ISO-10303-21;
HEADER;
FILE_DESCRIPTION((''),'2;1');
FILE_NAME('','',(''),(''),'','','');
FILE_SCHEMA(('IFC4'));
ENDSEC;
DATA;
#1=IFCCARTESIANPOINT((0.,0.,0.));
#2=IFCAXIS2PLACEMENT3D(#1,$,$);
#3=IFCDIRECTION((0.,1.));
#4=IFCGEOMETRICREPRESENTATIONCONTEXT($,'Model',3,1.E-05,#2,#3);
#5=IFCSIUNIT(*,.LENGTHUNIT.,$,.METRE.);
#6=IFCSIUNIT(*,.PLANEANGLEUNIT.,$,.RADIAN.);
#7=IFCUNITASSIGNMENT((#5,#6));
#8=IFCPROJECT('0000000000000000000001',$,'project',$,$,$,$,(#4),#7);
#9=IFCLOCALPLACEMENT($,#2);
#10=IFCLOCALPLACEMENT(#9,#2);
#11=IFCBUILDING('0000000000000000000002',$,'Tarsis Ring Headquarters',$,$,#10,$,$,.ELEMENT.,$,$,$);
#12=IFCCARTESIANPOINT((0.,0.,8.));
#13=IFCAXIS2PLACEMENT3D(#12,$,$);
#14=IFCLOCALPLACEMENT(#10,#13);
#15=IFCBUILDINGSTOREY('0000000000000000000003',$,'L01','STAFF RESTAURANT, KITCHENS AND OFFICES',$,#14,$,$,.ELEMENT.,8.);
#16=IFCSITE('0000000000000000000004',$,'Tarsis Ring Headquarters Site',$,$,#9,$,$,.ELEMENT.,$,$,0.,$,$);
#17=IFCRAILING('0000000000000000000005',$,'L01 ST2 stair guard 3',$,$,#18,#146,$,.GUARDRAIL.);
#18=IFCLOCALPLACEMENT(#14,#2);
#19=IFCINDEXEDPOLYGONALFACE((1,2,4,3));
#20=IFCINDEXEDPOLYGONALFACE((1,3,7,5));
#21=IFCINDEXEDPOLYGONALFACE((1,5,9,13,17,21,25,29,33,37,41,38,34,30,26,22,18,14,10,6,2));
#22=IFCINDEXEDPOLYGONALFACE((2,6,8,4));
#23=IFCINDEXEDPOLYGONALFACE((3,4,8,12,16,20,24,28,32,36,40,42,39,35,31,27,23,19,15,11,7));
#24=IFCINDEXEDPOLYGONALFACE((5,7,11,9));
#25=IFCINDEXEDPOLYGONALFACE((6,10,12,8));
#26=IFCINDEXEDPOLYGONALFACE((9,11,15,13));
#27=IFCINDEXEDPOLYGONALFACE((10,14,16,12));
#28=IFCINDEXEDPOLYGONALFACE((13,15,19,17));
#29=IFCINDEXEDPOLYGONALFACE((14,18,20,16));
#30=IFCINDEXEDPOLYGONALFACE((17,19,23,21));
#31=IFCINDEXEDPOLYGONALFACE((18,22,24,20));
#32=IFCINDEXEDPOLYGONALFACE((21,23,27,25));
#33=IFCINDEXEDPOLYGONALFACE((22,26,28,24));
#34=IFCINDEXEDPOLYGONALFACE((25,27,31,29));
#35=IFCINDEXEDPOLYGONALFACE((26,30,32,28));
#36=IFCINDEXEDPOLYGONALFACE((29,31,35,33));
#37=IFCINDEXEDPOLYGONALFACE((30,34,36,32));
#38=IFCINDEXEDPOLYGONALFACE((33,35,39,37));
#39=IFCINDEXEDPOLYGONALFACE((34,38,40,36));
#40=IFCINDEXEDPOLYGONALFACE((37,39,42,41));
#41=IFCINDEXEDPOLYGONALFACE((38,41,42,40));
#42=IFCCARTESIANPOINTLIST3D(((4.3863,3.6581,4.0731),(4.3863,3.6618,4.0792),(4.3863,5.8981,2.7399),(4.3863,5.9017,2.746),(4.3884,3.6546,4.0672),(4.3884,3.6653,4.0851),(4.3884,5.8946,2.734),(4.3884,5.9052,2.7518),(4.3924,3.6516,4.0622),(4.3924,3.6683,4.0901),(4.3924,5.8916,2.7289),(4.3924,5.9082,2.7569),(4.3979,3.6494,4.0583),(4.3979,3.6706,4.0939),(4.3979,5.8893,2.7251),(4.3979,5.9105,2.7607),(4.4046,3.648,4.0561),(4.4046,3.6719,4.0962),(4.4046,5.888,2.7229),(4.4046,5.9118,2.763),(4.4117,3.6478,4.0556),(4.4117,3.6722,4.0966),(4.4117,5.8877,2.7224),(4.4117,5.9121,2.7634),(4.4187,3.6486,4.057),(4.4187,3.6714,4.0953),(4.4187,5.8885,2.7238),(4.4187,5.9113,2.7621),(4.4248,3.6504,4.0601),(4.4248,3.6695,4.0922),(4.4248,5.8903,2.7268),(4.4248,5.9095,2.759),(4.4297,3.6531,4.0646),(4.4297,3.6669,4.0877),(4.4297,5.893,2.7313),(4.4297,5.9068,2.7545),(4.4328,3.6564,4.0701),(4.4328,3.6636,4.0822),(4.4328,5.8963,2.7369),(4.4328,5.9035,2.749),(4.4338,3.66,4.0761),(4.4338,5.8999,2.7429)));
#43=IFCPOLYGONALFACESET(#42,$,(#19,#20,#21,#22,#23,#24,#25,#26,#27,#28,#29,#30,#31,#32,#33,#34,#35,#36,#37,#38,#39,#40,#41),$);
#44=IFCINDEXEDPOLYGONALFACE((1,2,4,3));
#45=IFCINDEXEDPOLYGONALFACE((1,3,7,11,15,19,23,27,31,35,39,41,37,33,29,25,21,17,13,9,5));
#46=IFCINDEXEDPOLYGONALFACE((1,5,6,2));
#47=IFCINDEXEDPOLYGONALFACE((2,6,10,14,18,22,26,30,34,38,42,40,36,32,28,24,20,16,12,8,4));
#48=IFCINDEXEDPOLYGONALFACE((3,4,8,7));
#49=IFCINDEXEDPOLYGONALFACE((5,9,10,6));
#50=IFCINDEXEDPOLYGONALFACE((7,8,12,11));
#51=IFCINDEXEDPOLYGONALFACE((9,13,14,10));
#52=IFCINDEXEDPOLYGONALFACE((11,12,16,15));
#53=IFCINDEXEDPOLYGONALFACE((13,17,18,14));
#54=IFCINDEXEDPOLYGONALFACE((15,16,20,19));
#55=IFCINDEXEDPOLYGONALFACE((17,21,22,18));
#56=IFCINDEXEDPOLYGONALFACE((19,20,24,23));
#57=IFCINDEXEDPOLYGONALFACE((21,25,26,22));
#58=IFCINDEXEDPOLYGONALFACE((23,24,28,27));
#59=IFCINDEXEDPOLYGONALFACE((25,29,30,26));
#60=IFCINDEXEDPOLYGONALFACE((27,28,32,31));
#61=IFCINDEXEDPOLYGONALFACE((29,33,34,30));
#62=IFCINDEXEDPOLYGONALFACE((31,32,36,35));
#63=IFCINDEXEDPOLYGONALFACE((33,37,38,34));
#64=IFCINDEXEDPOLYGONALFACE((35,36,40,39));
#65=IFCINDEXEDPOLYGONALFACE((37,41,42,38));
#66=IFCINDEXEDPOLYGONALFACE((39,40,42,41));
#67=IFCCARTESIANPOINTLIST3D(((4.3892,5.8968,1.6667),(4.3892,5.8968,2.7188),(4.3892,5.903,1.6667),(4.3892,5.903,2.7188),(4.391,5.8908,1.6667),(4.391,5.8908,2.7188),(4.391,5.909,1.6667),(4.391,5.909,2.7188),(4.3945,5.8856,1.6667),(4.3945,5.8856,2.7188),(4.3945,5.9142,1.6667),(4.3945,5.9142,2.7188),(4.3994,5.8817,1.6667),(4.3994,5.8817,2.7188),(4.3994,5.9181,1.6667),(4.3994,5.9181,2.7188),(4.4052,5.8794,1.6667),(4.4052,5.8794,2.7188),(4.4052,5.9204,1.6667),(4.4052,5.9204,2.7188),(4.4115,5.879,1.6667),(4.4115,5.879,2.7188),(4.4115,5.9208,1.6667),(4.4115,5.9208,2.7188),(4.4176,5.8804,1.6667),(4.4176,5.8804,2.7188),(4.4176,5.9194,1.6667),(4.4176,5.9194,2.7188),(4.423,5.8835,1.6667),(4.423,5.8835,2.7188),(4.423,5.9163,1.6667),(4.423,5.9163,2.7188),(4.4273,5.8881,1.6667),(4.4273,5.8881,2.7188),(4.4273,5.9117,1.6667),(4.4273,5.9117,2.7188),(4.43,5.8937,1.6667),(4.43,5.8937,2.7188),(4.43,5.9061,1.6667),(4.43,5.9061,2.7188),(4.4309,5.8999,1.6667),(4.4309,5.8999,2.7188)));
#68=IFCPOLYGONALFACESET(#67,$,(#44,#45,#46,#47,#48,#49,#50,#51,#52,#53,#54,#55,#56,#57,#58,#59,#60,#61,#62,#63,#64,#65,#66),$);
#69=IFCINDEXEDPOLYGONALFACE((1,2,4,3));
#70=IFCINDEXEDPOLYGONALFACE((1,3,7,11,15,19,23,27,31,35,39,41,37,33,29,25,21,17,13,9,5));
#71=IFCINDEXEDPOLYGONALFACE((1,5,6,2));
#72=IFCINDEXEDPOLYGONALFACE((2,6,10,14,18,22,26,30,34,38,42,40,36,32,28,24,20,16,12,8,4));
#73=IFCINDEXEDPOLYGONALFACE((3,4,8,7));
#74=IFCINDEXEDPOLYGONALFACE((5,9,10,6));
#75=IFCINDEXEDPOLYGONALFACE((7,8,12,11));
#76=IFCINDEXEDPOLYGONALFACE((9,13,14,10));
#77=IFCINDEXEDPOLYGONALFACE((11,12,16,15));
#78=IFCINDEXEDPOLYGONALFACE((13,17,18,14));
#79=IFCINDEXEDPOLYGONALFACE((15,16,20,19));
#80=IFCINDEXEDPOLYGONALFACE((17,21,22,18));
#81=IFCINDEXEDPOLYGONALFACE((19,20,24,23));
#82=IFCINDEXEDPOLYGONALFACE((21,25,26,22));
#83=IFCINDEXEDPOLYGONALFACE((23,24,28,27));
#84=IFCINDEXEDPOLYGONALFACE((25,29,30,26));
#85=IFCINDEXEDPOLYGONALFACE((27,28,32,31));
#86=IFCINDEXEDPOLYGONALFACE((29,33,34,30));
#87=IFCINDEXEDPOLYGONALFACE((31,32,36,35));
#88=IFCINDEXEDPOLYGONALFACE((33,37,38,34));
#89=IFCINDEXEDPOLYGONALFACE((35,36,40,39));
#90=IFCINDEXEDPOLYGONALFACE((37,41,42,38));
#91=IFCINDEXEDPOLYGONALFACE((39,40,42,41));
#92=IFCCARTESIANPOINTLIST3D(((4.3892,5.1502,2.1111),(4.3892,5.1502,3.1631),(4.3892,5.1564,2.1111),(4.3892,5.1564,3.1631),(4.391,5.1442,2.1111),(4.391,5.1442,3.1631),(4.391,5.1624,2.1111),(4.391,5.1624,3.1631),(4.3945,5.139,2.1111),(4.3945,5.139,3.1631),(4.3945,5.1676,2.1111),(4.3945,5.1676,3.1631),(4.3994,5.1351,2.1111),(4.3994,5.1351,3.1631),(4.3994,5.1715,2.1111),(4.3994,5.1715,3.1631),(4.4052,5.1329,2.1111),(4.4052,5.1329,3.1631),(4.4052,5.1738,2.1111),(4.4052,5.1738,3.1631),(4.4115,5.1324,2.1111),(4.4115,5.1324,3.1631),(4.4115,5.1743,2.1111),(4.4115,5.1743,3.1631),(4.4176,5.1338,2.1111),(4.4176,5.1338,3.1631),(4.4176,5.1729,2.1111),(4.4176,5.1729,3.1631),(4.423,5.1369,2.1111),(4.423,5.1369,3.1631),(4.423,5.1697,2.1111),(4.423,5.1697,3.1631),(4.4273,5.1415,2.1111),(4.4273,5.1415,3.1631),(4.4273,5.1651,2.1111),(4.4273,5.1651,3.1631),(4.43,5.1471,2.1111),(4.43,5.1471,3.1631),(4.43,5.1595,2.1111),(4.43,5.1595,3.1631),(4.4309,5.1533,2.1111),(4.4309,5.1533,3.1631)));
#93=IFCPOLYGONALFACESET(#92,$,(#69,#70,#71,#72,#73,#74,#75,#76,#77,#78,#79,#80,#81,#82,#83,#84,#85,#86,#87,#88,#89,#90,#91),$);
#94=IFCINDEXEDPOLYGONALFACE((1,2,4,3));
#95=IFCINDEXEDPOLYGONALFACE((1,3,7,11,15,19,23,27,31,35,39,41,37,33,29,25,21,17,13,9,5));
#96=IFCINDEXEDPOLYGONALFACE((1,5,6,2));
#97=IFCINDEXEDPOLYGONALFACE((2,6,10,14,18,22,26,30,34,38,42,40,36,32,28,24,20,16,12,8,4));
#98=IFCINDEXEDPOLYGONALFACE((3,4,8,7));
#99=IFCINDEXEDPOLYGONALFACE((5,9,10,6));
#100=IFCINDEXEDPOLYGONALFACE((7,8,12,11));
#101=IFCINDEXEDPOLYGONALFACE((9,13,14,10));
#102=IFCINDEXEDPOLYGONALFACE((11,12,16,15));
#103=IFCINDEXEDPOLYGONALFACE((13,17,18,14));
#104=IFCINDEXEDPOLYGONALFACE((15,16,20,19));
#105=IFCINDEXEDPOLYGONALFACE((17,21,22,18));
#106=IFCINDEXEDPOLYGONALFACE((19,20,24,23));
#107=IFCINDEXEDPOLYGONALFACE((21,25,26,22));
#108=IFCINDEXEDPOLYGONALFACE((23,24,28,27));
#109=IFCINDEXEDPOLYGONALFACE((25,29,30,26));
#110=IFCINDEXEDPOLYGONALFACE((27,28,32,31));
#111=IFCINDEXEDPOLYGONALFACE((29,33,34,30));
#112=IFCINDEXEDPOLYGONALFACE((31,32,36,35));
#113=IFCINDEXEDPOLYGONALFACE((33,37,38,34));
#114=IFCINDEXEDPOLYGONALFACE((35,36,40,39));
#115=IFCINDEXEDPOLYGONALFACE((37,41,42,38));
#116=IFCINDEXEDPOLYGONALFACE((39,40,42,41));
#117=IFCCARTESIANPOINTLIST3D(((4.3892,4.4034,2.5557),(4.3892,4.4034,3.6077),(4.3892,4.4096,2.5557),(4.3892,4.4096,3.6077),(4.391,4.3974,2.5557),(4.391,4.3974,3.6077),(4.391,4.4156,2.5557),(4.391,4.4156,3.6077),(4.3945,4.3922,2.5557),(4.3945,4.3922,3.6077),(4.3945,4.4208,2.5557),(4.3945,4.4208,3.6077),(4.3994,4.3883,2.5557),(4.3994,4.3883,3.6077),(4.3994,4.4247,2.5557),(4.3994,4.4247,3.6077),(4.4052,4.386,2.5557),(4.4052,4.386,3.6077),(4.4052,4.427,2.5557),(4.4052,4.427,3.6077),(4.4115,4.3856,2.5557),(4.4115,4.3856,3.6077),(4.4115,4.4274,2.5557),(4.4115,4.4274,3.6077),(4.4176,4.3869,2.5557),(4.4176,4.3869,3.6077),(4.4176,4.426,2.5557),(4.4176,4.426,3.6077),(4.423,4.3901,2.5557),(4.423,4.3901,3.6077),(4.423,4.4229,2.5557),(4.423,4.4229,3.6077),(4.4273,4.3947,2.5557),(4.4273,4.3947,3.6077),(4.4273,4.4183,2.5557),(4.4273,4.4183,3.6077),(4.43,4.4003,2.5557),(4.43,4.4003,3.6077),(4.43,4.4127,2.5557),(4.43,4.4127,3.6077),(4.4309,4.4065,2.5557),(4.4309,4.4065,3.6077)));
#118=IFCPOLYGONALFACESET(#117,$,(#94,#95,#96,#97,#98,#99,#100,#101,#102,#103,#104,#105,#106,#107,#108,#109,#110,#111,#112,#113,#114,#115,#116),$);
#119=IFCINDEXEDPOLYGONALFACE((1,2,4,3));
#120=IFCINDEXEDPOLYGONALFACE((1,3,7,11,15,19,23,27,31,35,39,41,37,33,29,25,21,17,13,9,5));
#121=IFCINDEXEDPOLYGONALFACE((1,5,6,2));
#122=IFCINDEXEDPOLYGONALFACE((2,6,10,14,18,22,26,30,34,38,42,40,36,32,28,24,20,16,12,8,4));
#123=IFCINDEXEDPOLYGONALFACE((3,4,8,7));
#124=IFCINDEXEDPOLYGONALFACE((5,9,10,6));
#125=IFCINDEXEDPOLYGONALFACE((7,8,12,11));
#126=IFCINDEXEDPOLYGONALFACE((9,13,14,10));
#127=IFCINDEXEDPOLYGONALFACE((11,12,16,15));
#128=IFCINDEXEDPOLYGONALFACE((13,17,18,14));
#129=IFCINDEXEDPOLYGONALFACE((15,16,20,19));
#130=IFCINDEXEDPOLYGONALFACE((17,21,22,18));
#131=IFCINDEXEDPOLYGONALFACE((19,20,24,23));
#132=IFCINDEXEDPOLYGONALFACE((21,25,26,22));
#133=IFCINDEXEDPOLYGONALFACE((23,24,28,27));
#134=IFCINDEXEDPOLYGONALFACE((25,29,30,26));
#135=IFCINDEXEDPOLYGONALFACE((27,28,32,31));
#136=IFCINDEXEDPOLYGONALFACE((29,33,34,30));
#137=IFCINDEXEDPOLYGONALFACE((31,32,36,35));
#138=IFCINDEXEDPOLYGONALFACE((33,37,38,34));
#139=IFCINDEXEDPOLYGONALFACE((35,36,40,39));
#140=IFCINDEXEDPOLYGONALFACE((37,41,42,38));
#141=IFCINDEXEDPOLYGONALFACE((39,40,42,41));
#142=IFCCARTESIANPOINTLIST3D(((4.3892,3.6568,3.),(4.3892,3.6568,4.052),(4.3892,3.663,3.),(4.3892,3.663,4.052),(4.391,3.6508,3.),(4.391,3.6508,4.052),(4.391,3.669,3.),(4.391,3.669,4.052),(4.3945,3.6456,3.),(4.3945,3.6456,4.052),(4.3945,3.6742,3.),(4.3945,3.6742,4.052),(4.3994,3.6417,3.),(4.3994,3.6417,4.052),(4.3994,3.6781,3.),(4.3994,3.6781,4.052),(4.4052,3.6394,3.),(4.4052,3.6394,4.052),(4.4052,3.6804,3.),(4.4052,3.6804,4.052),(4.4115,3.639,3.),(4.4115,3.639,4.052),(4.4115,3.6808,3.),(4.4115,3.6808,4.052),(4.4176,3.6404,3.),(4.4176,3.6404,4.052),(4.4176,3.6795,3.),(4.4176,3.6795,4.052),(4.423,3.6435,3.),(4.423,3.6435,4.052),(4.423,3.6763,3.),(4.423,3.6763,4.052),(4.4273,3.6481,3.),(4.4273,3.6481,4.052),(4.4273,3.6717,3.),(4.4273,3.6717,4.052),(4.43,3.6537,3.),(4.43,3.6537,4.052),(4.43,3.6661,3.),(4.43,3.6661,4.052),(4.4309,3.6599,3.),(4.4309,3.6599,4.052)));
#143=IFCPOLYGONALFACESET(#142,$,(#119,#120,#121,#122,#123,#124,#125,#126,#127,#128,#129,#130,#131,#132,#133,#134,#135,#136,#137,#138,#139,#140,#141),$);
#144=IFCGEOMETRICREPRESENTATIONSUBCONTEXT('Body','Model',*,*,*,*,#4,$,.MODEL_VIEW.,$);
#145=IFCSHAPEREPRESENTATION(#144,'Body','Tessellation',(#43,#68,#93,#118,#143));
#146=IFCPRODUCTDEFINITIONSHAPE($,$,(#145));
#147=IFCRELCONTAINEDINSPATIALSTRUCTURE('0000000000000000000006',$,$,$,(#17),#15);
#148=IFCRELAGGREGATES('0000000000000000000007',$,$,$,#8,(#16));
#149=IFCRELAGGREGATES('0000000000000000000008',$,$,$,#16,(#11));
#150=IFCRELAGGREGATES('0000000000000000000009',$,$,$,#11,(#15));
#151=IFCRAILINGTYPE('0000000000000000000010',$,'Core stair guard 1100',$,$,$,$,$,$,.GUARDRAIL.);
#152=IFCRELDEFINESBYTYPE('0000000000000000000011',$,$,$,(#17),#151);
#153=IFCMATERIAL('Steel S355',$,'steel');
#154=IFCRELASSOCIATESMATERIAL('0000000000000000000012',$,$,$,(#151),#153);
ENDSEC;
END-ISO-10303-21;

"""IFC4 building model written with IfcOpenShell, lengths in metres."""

from ifc_helpers import new_model, si_unit, direction, frame, origin, origin_2d, place, context, subcontext, project, spatial, circle, extrude, material, type_object, element, save


model = new_model("IFC4")

# Units and contexts
model_context = context("Model", 3, precision=1e-05, world=origin(), true_north=direction((0.0, 1.0)))
body_context = subcontext(model_context, "Body", "Model", "MODEL_VIEW")
ifc_project = project(units=[si_unit("LENGTHUNIT", "METRE"), si_unit("PLANEANGLEUNIT", "RADIAN")], contexts=[model_context])

# Site, building, storey
site_placement = place(None, origin())
site = spatial("IfcSite", under=ifc_project, at=site_placement, Name="Tarsis Ring Headquarters Site", CompositionType="ELEMENT", RefElevation=0.0)
building_placement = place(site_placement, origin())
building = spatial("IfcBuilding", under=site, at=building_placement, Name="Tarsis Ring Headquarters", CompositionType="ELEMENT")
storey_placement = place(building_placement, frame((0.0, 0.0, 8.0)))
storey = spatial("IfcBuildingStorey", under=building, at=storey_placement, Name="L01", Description="STAFF RESTAURANT, KITCHENS AND OFFICES", CompositionType="ELEMENT", Elevation=8.0)

# Railing
ifc_material_1 = material(Name="Steel S355", Category="steel")
railing_type_1 = type_object("IfcRailingType", Name="Core stair guard 1100", PredefinedType="GUARDRAIL", material=ifc_material_1)
railing_1_placement = place(storey_placement, frame((4.4099, 5.8999, 1.6667)))
element("IfcRailing", 1, at=railing_1_placement, inside=storey, type_object=railing_type_1, Name="L01 ST2 stair guard 3", PredefinedType="GUARDRAIL", context=body_context, shape_type="SweptSolid", body=[
    extrude(circle(Radius=0.0239, at=origin_2d()), frame((0.0, 0.0, 1.0762), z_axis=(0.0, -0.859306, 0.511462), x_axis=(1.0, 0.0, 0.0)), (0.0, 0.0, 1.0), 2.6067),
    extrude(circle(Radius=0.021, at=origin_2d()), origin(), (0.0, 0.0, 1.0), 1.052),
    extrude(circle(Radius=0.021, at=origin_2d()), frame((0.0, -0.7466, 0.4443)), (0.0, 0.0, 1.0), 1.052),
    extrude(circle(Radius=0.021, at=origin_2d()), frame((0.0, -1.4934, 0.8889)), (0.0, 0.0, 1.0), 1.052),
    extrude(circle(Radius=0.021, at=origin_2d()), frame((0.0, -2.24, 1.3333)), (0.0, 0.0, 1.0), 1.052),
])

save(model, "model.ifc")
